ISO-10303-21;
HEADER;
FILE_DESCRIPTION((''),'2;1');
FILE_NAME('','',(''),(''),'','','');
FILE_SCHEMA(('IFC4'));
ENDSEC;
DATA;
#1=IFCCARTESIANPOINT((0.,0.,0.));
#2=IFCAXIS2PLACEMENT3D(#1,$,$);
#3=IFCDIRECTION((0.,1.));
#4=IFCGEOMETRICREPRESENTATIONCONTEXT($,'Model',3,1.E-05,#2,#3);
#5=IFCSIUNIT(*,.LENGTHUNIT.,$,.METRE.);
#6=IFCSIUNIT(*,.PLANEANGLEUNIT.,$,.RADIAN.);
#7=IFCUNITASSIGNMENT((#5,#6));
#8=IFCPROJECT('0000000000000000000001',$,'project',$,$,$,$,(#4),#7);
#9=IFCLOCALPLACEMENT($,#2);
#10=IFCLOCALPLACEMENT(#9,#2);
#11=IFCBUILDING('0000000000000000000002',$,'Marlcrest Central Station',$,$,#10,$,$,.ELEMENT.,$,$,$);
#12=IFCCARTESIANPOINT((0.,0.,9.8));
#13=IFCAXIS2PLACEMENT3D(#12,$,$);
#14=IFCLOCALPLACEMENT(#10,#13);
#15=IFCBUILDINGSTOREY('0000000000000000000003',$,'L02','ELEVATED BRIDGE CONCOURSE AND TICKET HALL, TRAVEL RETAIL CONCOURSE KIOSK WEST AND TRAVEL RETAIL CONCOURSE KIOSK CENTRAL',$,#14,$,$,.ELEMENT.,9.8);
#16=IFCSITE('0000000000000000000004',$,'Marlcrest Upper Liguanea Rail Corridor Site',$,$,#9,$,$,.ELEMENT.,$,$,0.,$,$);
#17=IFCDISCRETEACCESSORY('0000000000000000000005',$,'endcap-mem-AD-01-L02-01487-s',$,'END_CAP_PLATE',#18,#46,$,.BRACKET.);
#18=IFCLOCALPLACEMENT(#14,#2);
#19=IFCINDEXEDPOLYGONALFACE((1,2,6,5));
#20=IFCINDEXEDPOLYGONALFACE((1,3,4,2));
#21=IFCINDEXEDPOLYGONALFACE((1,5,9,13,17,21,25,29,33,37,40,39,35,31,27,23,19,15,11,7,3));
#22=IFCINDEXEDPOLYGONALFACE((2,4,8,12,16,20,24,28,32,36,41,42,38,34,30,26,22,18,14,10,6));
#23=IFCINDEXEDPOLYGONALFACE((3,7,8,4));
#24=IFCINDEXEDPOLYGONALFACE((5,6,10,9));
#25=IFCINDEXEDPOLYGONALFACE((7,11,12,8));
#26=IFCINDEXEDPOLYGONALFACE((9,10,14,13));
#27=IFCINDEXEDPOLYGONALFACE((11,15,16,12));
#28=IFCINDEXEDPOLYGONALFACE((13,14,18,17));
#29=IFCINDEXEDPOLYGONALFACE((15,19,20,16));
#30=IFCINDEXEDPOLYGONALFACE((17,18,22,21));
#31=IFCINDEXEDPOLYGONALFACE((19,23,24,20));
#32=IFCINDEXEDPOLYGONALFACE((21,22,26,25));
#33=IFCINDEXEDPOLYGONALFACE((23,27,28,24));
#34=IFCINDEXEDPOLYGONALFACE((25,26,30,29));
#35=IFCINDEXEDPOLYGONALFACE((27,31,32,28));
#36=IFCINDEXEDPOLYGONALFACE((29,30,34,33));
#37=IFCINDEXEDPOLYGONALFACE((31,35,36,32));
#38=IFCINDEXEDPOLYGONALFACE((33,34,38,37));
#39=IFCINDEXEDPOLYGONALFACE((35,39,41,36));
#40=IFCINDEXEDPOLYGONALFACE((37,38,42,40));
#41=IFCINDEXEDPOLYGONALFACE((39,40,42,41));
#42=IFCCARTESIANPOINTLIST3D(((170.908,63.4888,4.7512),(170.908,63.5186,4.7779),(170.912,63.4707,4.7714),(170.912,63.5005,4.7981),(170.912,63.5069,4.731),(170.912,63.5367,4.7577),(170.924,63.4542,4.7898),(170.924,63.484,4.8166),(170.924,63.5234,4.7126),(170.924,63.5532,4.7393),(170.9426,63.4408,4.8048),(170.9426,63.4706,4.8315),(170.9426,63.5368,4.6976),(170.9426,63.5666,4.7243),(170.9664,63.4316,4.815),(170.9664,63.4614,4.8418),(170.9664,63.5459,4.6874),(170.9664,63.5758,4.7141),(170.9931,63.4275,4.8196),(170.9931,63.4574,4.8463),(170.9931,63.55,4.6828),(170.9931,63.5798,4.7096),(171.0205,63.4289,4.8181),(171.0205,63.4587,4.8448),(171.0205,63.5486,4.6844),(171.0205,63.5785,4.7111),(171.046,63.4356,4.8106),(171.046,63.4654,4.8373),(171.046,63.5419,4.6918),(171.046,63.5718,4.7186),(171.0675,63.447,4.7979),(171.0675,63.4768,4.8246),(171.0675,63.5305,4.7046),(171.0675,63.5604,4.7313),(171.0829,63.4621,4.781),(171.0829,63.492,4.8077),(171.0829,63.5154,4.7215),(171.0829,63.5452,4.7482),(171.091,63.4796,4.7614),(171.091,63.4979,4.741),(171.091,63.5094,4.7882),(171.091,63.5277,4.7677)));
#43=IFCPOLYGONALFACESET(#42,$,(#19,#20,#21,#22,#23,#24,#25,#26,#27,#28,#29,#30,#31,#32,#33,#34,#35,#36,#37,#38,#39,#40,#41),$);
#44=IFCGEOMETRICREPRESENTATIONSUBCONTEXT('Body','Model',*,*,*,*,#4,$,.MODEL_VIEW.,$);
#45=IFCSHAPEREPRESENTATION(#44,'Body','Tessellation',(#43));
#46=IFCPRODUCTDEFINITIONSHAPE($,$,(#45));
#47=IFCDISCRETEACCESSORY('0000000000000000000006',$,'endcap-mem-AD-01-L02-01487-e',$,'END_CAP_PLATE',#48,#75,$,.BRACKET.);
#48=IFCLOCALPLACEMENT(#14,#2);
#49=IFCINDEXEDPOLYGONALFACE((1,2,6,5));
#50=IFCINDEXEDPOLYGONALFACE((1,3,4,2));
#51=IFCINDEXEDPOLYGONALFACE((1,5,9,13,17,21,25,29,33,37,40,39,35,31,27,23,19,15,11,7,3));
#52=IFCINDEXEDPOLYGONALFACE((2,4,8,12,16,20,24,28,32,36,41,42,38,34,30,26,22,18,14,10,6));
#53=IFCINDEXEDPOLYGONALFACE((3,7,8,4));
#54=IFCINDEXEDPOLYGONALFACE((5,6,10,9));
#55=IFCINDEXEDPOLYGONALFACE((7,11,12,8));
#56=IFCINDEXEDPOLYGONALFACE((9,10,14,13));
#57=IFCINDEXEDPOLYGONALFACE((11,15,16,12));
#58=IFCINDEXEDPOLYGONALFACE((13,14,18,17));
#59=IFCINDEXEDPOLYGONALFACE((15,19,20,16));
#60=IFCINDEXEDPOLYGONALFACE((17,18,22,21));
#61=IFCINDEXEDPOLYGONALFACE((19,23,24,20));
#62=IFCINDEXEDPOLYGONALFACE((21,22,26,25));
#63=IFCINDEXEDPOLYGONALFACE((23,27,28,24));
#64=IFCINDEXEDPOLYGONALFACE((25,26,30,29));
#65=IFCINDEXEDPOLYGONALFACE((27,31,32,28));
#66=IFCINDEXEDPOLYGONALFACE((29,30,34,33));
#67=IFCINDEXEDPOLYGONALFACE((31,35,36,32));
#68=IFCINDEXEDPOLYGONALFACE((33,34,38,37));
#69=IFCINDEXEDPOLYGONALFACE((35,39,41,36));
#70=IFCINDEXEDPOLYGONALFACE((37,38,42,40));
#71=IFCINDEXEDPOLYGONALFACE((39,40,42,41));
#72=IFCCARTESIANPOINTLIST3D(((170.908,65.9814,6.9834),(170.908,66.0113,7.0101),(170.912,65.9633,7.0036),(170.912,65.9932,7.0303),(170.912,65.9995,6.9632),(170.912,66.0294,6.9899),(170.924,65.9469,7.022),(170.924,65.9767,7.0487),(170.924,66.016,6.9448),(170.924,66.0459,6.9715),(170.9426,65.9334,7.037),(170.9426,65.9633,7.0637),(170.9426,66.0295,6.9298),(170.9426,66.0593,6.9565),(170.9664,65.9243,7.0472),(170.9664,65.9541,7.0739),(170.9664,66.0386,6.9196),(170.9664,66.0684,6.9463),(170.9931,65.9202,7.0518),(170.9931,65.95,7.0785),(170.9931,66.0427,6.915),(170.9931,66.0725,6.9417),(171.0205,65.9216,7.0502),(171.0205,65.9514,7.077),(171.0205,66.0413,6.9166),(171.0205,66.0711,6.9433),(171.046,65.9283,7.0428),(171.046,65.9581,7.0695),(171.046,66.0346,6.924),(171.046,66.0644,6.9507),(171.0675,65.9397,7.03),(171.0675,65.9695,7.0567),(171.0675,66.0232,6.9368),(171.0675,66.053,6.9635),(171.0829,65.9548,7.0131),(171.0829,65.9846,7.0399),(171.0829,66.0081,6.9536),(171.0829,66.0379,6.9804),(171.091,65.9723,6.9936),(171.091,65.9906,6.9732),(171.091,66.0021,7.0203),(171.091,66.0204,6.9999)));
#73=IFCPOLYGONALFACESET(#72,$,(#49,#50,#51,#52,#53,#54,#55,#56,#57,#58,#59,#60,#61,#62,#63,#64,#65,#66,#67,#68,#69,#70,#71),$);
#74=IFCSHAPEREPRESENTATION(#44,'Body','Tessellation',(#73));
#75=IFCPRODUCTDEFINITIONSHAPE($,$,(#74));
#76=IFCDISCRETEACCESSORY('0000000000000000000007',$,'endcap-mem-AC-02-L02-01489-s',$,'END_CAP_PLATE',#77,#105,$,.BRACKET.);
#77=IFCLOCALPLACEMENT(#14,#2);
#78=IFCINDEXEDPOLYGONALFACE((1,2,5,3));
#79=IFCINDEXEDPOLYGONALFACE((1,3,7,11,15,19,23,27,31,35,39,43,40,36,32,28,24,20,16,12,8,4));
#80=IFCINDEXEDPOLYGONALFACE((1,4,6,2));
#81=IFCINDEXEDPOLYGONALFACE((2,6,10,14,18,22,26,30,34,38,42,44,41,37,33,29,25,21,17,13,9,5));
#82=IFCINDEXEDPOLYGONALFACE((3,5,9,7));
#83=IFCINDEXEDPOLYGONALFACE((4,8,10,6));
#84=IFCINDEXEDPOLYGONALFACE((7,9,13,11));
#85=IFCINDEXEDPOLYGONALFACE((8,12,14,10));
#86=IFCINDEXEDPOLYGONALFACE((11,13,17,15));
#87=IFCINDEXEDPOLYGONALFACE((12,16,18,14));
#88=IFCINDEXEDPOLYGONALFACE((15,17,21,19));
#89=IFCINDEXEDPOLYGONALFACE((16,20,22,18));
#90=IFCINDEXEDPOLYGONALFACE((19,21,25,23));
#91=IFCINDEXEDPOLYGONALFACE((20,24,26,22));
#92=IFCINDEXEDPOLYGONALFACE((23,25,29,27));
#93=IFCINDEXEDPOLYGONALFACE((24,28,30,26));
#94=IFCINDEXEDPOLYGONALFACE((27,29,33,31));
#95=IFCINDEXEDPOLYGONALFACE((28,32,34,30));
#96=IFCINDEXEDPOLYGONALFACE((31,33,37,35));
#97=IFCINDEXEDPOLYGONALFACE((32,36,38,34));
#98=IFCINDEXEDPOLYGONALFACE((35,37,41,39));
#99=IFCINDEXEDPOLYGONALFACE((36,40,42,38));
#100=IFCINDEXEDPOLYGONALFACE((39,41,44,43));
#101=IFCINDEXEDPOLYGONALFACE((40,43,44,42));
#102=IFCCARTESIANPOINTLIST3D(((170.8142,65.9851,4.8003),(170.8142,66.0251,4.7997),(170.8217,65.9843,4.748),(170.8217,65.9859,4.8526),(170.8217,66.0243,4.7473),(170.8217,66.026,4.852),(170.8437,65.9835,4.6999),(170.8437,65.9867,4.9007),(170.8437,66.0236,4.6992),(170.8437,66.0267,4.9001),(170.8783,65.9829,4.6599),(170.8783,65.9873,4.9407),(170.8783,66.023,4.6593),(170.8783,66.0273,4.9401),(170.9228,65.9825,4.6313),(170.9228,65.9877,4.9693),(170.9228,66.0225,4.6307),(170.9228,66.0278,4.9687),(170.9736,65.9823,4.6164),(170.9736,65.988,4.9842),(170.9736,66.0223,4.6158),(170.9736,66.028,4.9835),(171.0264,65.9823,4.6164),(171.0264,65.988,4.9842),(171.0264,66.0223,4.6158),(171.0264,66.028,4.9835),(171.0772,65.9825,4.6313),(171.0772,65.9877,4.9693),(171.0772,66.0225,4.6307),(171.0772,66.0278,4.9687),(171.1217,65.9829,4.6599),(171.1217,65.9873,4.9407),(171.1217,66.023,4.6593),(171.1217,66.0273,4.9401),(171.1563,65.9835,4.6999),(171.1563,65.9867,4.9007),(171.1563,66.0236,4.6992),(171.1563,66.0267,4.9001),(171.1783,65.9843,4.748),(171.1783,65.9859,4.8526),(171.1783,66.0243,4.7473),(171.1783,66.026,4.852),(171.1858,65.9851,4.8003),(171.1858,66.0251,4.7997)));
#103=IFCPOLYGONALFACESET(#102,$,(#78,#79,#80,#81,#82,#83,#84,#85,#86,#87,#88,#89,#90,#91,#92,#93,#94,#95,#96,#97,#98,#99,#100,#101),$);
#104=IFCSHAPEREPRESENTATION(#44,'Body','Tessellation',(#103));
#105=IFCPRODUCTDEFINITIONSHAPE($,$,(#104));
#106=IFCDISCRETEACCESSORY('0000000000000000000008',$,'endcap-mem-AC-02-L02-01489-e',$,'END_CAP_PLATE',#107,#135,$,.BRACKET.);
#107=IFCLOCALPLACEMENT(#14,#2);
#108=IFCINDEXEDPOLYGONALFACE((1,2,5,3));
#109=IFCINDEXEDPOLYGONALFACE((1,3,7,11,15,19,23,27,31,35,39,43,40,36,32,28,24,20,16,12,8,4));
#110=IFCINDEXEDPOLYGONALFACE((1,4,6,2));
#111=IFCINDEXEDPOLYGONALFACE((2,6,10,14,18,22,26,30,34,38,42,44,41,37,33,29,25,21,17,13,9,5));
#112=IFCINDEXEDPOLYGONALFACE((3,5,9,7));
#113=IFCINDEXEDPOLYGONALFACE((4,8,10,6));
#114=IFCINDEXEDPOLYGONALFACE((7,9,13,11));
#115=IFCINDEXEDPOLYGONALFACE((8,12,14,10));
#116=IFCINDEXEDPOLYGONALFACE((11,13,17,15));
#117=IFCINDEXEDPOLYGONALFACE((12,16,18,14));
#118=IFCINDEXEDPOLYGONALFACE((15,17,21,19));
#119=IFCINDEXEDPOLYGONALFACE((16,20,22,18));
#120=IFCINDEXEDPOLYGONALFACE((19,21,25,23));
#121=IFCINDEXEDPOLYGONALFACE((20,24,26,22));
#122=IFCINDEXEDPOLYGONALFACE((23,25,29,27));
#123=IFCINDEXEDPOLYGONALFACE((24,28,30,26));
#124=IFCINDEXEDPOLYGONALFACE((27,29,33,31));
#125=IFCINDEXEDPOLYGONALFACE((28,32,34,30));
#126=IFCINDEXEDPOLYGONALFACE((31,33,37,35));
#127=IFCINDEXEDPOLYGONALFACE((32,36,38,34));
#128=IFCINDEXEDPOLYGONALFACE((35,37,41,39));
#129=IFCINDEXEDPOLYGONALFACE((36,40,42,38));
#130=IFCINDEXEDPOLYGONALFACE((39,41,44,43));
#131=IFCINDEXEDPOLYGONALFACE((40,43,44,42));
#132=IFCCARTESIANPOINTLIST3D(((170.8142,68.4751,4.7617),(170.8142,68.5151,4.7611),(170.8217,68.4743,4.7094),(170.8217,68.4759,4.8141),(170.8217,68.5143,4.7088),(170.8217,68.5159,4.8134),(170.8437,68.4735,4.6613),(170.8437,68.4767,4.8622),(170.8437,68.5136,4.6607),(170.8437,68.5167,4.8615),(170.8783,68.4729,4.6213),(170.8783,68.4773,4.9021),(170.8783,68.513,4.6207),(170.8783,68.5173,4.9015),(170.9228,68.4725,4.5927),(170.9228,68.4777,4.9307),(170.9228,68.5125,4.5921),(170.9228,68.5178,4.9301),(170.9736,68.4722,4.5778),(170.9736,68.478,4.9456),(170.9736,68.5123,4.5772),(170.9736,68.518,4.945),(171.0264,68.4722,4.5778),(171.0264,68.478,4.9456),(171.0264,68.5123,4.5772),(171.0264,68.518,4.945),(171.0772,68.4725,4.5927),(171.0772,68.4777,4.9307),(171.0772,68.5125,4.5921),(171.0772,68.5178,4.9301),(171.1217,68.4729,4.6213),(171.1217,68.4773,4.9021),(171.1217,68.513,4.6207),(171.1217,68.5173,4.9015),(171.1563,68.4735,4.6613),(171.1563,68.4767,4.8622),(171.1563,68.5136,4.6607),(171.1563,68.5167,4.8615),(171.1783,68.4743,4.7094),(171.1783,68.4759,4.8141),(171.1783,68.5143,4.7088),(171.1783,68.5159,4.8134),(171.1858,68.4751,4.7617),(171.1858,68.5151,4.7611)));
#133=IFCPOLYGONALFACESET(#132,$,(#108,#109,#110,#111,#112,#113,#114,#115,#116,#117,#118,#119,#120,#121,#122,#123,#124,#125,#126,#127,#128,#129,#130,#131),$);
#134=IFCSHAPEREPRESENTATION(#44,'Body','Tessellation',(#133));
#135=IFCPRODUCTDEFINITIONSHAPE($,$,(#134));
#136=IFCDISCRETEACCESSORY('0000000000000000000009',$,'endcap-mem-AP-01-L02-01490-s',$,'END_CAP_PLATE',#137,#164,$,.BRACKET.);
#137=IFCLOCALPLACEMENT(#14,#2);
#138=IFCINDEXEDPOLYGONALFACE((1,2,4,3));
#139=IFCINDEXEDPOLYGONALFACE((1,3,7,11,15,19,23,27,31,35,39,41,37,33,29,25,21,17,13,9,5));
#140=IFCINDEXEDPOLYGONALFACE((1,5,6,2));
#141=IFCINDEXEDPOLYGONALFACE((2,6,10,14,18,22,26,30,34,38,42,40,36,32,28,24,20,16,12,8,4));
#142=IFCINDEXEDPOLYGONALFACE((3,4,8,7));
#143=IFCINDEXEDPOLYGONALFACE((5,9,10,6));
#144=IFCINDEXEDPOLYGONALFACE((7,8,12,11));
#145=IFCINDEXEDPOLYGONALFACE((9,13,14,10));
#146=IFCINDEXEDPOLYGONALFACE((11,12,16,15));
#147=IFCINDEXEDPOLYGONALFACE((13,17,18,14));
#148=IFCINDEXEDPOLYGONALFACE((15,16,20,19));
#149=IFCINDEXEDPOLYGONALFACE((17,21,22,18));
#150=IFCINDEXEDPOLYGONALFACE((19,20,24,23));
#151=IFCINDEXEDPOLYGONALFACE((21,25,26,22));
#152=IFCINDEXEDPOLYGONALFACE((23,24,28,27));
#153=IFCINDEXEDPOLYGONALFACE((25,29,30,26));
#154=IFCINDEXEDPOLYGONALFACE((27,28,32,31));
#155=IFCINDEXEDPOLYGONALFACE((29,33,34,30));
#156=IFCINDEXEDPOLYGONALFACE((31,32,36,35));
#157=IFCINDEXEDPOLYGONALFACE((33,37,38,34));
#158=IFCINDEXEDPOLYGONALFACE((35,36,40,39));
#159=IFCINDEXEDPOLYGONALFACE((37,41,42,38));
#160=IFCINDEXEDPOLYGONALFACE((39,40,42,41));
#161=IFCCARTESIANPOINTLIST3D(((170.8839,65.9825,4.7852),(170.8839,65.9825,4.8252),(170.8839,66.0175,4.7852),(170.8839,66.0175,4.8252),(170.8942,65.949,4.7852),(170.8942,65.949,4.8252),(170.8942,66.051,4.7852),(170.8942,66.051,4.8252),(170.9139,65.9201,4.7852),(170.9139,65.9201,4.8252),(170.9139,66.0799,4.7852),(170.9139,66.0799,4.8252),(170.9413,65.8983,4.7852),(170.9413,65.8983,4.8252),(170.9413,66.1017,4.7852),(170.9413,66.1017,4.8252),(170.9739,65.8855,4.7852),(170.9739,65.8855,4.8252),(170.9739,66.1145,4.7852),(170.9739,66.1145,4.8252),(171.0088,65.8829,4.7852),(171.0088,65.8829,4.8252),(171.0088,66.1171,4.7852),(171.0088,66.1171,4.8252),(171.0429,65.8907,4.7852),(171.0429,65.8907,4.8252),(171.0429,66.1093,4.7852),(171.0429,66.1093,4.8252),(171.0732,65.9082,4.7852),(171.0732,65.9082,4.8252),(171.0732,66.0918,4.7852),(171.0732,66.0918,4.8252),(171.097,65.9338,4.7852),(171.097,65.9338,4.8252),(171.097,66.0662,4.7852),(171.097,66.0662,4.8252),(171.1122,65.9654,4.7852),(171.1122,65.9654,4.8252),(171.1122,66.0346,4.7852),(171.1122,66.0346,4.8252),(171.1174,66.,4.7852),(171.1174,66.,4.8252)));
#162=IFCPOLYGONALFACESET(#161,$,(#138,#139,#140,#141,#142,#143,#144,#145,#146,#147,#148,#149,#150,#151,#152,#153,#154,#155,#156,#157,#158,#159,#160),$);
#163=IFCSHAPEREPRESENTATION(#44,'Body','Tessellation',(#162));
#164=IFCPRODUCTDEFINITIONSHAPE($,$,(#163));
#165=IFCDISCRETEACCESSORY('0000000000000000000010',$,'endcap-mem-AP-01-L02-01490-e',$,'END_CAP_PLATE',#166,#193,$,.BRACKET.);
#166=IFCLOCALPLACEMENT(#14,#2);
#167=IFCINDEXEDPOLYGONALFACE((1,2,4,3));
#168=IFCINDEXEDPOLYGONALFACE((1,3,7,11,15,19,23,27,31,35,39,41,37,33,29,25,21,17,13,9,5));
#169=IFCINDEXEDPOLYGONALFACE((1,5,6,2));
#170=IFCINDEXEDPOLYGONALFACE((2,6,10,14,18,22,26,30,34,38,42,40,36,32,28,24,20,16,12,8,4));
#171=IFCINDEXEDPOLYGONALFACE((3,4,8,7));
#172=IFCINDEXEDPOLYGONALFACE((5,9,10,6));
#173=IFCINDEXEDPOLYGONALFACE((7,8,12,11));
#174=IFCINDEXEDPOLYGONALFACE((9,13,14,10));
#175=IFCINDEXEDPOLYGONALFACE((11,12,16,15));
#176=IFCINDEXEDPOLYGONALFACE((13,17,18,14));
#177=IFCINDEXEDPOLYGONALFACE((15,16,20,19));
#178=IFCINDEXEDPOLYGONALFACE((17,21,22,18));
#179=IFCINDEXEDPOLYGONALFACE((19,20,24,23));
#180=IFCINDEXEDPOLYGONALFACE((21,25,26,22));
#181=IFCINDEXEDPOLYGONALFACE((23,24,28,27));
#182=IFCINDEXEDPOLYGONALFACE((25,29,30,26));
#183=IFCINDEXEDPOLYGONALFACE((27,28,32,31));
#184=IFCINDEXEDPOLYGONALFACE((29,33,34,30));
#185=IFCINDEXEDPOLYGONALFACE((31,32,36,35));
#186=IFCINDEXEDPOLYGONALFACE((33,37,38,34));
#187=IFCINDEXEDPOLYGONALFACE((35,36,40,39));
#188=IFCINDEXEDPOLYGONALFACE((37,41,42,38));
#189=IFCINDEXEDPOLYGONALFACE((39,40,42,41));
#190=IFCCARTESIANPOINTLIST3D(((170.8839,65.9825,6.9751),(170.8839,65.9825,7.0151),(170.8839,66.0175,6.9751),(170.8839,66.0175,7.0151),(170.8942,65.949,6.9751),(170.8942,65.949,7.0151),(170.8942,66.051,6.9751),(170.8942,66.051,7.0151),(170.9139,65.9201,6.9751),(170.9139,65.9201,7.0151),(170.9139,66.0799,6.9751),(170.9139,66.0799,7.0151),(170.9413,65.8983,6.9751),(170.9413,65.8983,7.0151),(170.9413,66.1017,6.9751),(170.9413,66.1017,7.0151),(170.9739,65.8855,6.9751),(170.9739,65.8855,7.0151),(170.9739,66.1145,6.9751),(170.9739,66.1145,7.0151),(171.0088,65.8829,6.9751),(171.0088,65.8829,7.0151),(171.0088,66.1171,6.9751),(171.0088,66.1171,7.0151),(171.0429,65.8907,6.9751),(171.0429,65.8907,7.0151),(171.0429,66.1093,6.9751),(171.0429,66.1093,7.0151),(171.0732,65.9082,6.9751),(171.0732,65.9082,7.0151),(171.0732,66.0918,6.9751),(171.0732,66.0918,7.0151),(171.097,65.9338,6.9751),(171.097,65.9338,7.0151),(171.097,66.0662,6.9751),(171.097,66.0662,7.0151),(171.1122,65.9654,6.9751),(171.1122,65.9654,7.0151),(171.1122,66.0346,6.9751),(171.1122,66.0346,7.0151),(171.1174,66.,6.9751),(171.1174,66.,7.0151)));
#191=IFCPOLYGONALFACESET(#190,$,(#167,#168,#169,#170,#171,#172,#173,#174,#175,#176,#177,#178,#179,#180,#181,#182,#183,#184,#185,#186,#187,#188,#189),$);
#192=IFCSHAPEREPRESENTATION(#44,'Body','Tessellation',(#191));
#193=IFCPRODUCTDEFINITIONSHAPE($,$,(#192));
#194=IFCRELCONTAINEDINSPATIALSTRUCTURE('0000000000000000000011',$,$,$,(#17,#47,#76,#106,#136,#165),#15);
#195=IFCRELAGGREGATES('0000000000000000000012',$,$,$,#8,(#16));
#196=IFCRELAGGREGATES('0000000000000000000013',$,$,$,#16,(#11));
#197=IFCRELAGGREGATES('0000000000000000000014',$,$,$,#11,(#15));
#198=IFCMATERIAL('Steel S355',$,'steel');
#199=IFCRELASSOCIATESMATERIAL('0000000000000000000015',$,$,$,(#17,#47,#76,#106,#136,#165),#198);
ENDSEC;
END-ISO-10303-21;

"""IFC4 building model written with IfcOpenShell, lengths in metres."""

from ifc_helpers import new_model, si_unit, direction, frame, origin, origin_2d, place, context, subcontext, project, spatial, circle, extrude, material, element, save


model = new_model("IFC4")

# Units and contexts
model_context = context("Model", 3, precision=1e-05, world=origin(), true_north=direction((0.0, 1.0)))
body_context = subcontext(model_context, "Body", "Model", "MODEL_VIEW")
ifc_project = project(units=[si_unit("LENGTHUNIT", "METRE"), si_unit("PLANEANGLEUNIT", "RADIAN")], contexts=[model_context])

# Site, building, storey
site_placement = place(None, origin())
site = spatial("IfcSite", under=ifc_project, at=site_placement, Name="Marlcrest Upper Liguanea Rail Corridor Site", CompositionType="ELEMENT", RefElevation=0.0)
building_placement = place(site_placement, origin())
building = spatial("IfcBuilding", under=site, at=building_placement, Name="Marlcrest Central Station", CompositionType="ELEMENT")
storey_placement = place(building_placement, frame((0.0, 0.0, 9.8)))
storey = spatial("IfcBuildingStorey", under=building, at=storey_placement, Name="L02", Description="ELEVATED BRIDGE CONCOURSE AND TICKET HALL, TRAVEL RETAIL CONCOURSE KIOSK WEST AND TRAVEL RETAIL CONCOURSE KIOSK CENTRAL", CompositionType="ELEMENT", Elevation=9.8)

# Shared definitions
ifc_material = material(Name="Steel S355", Category="steel")

# Discrete accessories
for number, where, z_axis, x_axis, name in (
    (1, (171.0, 63.4888, 4.7512), (0.0, 0.744956, 0.667114), (-1.0, 0.0, 0.0), "endcap-mem-AD-01-L02-01487-s"),
    (2, (171.0, 65.9814, 6.9834), (0.0, 0.744956, 0.667114), (-1.0, 0.0, 0.0), "endcap-mem-AD-01-L02-01487-e"),
):
    element("IfcDiscreteAccessory", number, at=place(storey_placement, frame(where, z_axis=z_axis, x_axis=x_axis)), inside=storey, material=ifc_material, Name=name, ObjectType="END_CAP_PLATE", PredefinedType="BRACKET", context=body_context, shape_type="SweptSolid", body=[
        extrude(circle(Radius=0.092, at=origin_2d()), origin(), (0.0, 0.0, 1.0), 0.04),
    ])
for number, where, z_axis, x_axis, name in (
    (3, (171.0, 65.9851, 4.8003), (0.0, 0.999879, -0.015525), (-1.0, 0.0, 0.0), "endcap-mem-AC-02-L02-01489-s"),
    (4, (171.0, 68.4751, 4.7617), (0.0, 0.999879, -0.015525), (-1.0, 0.0, 0.0), "endcap-mem-AC-02-L02-01489-e"),
):
    element("IfcDiscreteAccessory", number, at=place(storey_placement, frame(where, z_axis=z_axis, x_axis=x_axis)), inside=storey, material=ifc_material, Name=name, ObjectType="END_CAP_PLATE", PredefinedType="BRACKET", context=body_context, shape_type="SweptSolid", body=[
        extrude(circle(Radius=0.1858, at=origin_2d()), origin(), (0.0, 0.0, 1.0), 0.04),
    ])
for number, where, z_axis, x_axis, name in (
    (5, (171.0, 66.0, 4.7852), (0.0, 0.0, 1.0), (1.0, 0.0, 0.0), "endcap-mem-AP-01-L02-01490-s"),
    (6, (171.0, 66.0, 6.9751), (0.0, 0.0, 1.0), (1.0, 0.0, 0.0), "endcap-mem-AP-01-L02-01490-e"),
):
    element("IfcDiscreteAccessory", number, at=place(storey_placement, frame(where, z_axis=z_axis, x_axis=x_axis)), inside=storey, material=ifc_material, Name=name, ObjectType="END_CAP_PLATE", PredefinedType="BRACKET", context=body_context, shape_type="SweptSolid", body=[
        extrude(circle(Radius=0.1174, at=origin_2d()), origin(), (0.0, 0.0, 1.0), 0.04),
    ])

save(model, "model.ifc")
